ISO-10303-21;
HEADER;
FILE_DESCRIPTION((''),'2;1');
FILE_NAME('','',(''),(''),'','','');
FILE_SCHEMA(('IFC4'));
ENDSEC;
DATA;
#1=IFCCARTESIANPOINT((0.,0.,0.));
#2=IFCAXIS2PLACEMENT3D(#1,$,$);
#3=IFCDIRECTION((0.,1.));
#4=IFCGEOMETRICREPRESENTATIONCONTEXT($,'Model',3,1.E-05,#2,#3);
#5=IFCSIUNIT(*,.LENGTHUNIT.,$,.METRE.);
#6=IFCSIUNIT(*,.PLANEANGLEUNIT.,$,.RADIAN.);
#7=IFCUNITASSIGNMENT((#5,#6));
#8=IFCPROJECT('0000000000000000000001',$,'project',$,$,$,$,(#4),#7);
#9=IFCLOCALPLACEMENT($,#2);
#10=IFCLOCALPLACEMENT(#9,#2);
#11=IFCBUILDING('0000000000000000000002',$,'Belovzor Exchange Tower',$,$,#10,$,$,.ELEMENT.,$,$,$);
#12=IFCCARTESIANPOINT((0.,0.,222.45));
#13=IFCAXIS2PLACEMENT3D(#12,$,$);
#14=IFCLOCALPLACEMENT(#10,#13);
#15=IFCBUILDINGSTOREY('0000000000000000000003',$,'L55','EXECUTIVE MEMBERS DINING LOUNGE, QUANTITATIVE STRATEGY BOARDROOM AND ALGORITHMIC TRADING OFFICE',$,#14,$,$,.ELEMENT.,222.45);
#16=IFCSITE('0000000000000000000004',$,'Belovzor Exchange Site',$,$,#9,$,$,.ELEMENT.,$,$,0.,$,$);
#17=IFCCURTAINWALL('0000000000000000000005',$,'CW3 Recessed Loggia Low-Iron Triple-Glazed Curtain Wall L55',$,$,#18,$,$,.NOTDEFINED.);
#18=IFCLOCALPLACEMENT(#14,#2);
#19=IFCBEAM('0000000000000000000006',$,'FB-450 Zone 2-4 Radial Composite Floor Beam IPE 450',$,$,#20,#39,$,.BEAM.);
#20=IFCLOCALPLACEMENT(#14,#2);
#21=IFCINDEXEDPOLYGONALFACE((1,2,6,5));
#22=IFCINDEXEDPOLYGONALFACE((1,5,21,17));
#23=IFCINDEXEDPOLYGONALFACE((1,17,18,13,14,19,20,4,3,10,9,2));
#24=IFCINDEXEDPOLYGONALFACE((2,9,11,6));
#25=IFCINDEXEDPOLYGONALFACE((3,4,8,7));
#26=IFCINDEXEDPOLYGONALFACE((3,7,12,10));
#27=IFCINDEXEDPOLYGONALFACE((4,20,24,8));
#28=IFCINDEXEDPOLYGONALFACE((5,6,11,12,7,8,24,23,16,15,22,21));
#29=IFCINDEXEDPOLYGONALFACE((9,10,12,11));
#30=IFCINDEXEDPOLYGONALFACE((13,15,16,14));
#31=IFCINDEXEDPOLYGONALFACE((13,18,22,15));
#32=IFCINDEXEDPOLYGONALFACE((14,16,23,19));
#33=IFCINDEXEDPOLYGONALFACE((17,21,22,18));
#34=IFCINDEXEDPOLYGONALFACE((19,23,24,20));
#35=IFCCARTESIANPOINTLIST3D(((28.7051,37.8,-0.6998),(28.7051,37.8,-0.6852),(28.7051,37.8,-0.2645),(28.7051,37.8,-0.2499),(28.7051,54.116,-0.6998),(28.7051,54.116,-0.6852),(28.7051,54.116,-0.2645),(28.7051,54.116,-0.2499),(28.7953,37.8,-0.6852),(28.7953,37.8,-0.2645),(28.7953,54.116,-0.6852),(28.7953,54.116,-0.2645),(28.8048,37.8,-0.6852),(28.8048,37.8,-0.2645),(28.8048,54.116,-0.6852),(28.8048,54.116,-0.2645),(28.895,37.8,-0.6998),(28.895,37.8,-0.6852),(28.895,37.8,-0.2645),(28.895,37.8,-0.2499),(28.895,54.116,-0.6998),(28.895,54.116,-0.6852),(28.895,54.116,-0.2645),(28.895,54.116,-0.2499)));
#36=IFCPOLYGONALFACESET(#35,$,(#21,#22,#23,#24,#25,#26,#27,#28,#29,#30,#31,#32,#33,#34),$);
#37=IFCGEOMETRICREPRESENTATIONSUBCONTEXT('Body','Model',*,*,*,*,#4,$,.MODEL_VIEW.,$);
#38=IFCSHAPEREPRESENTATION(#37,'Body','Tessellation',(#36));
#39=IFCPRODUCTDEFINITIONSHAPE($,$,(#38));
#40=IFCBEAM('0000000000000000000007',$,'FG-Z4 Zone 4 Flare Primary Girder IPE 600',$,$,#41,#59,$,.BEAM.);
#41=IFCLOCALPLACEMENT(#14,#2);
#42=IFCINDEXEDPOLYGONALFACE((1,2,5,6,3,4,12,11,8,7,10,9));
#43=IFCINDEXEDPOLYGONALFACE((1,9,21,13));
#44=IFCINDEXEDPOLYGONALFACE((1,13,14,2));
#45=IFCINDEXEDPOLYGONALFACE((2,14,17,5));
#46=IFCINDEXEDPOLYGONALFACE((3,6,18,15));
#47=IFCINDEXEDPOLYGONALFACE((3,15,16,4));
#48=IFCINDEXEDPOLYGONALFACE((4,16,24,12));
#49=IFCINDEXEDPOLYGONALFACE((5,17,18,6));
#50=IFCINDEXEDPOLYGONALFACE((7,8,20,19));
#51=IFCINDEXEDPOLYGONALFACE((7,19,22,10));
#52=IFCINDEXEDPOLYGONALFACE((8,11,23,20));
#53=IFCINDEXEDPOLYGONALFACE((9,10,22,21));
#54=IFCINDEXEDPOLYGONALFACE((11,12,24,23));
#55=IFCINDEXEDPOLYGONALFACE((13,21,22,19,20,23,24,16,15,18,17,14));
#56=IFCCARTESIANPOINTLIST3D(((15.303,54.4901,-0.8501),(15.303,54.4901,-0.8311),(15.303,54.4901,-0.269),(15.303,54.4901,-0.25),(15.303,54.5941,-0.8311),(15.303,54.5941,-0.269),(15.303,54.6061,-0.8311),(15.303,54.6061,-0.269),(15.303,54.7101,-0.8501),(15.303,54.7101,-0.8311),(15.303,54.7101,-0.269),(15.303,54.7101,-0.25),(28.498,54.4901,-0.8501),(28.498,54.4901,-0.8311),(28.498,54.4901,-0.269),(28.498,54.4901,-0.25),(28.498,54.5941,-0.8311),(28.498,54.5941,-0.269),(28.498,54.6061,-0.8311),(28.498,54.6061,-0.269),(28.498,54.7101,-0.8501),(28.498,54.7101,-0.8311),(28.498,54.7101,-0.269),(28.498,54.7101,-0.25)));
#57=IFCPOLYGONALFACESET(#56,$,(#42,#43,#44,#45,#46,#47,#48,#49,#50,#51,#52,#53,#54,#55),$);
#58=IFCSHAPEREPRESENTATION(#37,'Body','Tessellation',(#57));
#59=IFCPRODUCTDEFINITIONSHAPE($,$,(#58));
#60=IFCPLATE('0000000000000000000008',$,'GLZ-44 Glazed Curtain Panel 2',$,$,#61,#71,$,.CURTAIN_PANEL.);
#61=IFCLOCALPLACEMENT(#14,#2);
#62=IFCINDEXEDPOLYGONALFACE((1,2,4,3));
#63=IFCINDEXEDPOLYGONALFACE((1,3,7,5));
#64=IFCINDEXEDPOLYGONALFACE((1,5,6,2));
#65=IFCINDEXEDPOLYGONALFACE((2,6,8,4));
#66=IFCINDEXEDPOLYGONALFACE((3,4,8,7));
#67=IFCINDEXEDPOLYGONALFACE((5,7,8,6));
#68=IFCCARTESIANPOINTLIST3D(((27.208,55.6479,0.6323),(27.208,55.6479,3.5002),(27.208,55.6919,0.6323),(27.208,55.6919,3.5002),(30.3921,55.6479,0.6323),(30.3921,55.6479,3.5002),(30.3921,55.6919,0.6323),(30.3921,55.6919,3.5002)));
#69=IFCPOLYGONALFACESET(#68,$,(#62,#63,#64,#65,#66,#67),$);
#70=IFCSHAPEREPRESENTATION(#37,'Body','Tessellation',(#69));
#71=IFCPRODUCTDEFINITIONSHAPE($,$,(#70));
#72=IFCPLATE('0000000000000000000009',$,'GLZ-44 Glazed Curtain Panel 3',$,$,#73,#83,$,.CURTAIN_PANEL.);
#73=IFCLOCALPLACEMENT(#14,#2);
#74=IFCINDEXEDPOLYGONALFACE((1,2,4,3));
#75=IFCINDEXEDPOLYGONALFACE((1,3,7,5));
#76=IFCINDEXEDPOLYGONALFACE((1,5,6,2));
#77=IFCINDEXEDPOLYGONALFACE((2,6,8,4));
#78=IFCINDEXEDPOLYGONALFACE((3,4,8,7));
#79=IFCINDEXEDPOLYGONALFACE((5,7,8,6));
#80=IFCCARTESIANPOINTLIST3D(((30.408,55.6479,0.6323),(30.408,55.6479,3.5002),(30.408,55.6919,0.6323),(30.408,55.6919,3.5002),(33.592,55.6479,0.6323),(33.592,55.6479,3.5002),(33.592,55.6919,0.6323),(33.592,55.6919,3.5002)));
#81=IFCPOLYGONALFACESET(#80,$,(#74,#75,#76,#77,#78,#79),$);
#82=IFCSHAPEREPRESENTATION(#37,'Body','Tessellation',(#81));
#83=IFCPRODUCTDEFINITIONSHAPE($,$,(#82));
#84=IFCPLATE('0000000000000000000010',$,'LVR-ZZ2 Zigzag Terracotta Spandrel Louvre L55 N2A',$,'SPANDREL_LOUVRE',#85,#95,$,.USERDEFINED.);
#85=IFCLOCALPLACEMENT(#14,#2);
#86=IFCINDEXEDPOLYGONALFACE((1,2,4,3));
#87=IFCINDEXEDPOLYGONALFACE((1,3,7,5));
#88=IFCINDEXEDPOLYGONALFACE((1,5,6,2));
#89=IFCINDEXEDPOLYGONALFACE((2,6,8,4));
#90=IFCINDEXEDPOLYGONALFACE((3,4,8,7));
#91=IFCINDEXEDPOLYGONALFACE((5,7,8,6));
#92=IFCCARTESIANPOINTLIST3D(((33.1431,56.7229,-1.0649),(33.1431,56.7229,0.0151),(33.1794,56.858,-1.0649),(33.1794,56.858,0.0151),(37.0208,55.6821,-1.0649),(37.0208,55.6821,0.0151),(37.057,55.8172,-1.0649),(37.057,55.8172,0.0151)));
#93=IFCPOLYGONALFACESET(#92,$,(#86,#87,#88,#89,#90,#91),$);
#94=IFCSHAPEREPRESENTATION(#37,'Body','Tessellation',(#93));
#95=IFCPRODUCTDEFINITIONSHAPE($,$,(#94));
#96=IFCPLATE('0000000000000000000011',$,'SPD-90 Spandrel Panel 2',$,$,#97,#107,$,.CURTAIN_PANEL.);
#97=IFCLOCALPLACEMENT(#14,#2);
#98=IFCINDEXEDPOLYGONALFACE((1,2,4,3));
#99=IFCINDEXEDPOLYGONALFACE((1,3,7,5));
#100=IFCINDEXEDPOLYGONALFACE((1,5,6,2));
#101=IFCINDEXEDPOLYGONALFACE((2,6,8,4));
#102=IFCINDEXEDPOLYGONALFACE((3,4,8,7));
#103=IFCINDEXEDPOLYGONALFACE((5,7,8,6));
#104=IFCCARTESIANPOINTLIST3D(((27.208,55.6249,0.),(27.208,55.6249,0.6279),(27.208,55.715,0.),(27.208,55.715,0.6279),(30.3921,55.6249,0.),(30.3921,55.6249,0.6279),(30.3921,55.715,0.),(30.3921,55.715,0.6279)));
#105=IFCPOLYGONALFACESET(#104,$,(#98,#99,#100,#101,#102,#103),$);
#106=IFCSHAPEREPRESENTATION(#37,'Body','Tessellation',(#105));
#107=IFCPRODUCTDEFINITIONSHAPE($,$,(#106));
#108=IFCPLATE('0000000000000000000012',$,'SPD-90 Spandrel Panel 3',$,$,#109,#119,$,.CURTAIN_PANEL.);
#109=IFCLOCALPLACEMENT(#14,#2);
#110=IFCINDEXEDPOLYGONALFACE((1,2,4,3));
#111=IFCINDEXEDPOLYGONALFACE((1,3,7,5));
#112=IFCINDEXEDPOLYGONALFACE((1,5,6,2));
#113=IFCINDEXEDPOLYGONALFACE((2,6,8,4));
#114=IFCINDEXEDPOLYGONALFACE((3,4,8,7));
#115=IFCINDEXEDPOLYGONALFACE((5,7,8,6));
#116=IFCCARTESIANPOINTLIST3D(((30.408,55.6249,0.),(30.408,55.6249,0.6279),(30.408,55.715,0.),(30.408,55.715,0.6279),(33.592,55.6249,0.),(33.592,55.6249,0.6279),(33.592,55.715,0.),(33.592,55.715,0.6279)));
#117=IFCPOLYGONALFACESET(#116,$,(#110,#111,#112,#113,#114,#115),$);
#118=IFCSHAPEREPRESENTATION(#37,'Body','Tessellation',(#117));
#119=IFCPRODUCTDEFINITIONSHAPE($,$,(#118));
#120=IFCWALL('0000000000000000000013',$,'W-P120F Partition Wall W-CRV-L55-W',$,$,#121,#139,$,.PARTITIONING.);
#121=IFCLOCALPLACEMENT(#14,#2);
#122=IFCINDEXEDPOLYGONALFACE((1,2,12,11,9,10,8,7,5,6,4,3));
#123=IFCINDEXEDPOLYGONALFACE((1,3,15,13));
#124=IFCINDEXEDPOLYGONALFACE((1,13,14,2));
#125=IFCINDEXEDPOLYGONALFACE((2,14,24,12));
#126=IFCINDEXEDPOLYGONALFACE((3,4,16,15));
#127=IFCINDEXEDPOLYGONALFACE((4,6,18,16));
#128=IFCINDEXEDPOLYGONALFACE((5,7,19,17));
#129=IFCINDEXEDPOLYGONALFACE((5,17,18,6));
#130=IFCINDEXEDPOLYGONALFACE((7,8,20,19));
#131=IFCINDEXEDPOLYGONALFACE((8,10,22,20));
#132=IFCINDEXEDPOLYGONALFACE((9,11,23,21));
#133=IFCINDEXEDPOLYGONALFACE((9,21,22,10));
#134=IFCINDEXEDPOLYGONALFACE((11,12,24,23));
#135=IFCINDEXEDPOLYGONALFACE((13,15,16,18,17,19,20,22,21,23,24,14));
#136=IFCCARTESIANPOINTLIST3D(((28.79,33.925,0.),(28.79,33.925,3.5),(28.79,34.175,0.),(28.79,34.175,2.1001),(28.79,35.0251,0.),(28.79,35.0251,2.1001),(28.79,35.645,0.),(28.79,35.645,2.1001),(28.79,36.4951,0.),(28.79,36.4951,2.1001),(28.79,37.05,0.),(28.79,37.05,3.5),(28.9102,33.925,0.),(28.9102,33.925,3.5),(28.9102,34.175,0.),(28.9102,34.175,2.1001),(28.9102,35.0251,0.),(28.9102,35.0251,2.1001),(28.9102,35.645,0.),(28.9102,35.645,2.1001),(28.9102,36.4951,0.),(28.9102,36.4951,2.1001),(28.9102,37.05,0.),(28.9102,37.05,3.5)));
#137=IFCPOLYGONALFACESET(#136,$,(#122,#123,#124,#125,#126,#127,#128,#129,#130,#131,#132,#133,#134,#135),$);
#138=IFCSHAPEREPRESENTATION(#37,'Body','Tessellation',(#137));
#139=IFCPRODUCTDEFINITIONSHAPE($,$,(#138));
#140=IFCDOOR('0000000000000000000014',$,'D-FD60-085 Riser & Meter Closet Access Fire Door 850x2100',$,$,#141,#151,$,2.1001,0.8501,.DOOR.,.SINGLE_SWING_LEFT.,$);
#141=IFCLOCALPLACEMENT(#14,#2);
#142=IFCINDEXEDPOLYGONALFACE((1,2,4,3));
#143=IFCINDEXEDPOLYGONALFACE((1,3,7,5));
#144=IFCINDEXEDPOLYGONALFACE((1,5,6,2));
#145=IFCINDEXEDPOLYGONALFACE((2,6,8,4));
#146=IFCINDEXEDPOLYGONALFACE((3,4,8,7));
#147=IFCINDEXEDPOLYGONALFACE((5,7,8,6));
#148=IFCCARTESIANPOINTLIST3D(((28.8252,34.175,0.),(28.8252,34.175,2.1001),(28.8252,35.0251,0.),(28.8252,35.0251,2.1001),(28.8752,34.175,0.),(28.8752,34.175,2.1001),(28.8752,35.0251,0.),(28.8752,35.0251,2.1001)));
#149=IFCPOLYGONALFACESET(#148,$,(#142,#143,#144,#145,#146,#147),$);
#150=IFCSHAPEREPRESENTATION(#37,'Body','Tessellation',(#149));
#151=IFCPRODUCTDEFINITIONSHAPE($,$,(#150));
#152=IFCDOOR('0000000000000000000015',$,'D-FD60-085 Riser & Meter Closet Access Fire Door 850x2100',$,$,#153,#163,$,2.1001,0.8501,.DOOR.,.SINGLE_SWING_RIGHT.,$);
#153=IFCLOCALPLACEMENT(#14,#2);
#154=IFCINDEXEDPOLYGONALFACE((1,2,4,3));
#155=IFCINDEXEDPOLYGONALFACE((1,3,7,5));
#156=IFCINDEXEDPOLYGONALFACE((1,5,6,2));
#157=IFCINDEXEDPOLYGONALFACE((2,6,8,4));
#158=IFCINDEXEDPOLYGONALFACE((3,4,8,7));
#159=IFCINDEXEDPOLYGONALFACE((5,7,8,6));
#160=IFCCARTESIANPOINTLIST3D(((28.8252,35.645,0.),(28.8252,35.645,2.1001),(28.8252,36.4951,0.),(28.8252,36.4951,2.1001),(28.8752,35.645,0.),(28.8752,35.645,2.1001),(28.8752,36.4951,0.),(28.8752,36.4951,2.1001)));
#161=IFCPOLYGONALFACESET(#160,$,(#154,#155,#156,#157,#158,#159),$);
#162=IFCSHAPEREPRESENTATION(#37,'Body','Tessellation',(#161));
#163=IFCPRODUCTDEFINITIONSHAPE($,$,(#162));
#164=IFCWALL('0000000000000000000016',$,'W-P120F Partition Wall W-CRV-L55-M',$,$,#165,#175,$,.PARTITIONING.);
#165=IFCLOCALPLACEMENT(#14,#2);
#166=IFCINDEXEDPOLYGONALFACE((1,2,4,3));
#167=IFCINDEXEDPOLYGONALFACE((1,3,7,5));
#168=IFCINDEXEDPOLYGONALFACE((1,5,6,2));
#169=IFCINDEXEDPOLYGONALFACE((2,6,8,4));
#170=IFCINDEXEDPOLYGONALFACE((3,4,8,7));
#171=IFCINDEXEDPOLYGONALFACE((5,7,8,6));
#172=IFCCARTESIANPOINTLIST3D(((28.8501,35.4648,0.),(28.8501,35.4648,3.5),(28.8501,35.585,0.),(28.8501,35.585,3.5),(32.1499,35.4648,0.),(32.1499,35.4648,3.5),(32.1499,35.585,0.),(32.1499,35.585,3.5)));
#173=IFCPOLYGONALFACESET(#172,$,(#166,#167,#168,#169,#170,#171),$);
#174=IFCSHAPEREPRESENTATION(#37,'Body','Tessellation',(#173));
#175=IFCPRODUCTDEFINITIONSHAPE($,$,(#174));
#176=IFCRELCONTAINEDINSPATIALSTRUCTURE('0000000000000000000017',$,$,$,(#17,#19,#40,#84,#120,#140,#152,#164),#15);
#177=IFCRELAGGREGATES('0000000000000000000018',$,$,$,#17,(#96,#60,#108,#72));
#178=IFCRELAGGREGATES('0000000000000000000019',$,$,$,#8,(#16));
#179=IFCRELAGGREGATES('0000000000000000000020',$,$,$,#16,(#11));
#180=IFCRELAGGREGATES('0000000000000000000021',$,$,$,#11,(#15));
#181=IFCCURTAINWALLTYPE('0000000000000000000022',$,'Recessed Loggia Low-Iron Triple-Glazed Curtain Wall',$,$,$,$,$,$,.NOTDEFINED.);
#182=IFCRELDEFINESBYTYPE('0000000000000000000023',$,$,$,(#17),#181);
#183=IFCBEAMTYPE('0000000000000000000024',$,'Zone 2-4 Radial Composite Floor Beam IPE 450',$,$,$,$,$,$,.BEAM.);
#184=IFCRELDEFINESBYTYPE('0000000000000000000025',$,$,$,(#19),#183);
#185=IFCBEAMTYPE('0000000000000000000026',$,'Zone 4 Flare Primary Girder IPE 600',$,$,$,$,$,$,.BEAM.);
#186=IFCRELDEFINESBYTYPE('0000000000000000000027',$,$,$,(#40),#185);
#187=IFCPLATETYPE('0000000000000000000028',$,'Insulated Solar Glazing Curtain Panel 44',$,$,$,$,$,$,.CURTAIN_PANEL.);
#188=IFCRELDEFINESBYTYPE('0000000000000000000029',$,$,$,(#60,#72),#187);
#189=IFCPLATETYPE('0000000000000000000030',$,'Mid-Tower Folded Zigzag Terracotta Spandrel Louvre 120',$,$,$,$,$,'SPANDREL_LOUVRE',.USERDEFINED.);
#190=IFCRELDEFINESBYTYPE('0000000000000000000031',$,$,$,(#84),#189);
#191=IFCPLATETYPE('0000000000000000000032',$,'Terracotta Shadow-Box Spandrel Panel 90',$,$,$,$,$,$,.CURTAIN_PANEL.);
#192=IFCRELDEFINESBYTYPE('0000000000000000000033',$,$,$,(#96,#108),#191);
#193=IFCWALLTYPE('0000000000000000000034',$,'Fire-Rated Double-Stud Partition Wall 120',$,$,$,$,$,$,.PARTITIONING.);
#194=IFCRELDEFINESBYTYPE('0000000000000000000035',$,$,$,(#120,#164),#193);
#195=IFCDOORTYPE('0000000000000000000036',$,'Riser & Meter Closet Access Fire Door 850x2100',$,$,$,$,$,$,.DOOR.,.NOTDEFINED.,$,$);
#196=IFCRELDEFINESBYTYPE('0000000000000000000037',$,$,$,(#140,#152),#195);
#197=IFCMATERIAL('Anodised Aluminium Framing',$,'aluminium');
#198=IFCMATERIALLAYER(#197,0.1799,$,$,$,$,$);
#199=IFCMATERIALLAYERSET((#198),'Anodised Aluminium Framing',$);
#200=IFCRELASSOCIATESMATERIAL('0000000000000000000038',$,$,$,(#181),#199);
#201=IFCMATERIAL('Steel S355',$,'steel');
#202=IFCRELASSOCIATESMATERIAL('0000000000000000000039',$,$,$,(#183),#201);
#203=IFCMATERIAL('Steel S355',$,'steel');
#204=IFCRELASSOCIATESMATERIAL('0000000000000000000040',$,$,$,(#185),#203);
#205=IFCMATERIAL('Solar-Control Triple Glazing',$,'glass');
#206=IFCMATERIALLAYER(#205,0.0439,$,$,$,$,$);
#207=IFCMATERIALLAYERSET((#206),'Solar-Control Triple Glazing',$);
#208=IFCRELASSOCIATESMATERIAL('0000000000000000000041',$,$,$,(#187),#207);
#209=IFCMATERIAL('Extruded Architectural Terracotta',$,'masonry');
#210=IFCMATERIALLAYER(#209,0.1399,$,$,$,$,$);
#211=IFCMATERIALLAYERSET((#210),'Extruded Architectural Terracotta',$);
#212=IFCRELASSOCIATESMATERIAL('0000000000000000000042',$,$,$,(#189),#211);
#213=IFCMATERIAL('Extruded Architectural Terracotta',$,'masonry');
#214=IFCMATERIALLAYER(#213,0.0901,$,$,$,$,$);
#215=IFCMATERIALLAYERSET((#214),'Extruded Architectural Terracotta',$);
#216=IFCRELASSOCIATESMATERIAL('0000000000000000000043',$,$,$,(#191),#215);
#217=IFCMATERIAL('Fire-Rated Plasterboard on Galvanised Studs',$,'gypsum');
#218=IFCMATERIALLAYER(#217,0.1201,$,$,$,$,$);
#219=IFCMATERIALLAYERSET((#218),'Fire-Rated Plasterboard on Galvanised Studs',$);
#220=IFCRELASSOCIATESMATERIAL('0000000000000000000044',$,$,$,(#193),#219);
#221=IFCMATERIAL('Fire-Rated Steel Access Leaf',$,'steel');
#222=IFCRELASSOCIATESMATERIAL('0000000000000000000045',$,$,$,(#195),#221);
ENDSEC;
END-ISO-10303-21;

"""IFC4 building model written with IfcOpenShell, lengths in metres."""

from ifc_helpers import new_model, si_unit, direction, frame, frame_2d, origin, origin_2d, place, context, subcontext, project, spatial, rectangle, i_section, extrude, material, layer, layer_set, material_profile, profile_set, type_object, element, fill, aggregate, save


model = new_model("IFC4")

# Units and contexts
model_context = context("Model", 3, precision=1e-05, world=origin(), true_north=direction((0.0, 1.0)))
body_context = subcontext(model_context, "Body", "Model", "MODEL_VIEW")
ifc_project = project(units=[si_unit("LENGTHUNIT", "METRE"), si_unit("PLANEANGLEUNIT", "RADIAN")], contexts=[model_context])

# Site, building, storey
site_placement = place(None, origin())
site = spatial("IfcSite", under=ifc_project, at=site_placement, Name="Belovzor Exchange Site", CompositionType="ELEMENT", RefElevation=0.0)
building_placement = place(site_placement, origin())
building = spatial("IfcBuilding", under=site, at=building_placement, Name="Belovzor Exchange Tower", CompositionType="ELEMENT")
storey_placement = place(building_placement, frame((0.0, 0.0, 222.45)))
storey = spatial("IfcBuildingStorey", under=building, at=storey_placement, Name="L55", Description="EXECUTIVE MEMBERS DINING LOUNGE, QUANTITATIVE STRATEGY BOARDROOM AND ALGORITHMIC TRADING OFFICE", CompositionType="ELEMENT", Elevation=222.45)

# Curtain wall
ifc_material_1 = material(Name="Anodised Aluminium Framing", Category="aluminium")
ifc_layer_1 = layer(ifc_material_1, 0.1799)
ifc_layer_set_1 = layer_set([ifc_layer_1], Name="Anodised Aluminium Framing")
curtain_wall_type = type_object("IfcCurtainWallType", Name="Recessed Loggia Low-Iron Triple-Glazed Curtain Wall", PredefinedType="NOTDEFINED", material=ifc_layer_set_1)
curtain_wall_placement = place(storey_placement, origin())
curtain_wall = element("IfcCurtainWall", 1, at=curtain_wall_placement, inside=storey, type_object=curtain_wall_type, Name="CW3 Recessed Loggia Low-Iron Triple-Glazed Curtain Wall L55", PredefinedType="NOTDEFINED")

# Beams
ifc_material_2 = material(Name="Steel S355", Category="steel")
ifc_material_profile_1 = material_profile(ifc_material_2, i_section(OverallWidth=0.1899, OverallDepth=0.45, WebThickness=0.0095, FlangeThickness=0.0146, at=origin_2d()))
ifc_profile_set_1 = profile_set([ifc_material_profile_1], Name="Steel S355")
beam_type_1 = type_object("IfcBeamType", Name="Zone 2-4 Radial Composite Floor Beam IPE 450", PredefinedType="BEAM", material=ifc_profile_set_1)
beam_1_placement = place(storey_placement, frame((28.8, 37.8, -0.4749), z_axis=(0.0, 1.0, 0.0), x_axis=(-1.0, 0.0, 0.0)))
element("IfcBeam", 2, at=beam_1_placement, inside=storey, type_object=beam_type_1, Name="FB-450 Zone 2-4 Radial Composite Floor Beam IPE 450", PredefinedType="BEAM", context=body_context, shape_type="SweptSolid", body=[
    extrude(i_section(OverallWidth=0.1899, OverallDepth=0.45, WebThickness=0.0095, FlangeThickness=0.0146, at=origin_2d()), origin(), (0.0, 0.0, 1.0), 16.3159),
])
ifc_material_3 = material(Name="Steel S355", Category="steel")
ifc_material_profile_2 = material_profile(ifc_material_3, i_section(OverallWidth=0.22, OverallDepth=0.6001, WebThickness=0.012, FlangeThickness=0.019, at=origin_2d()))
ifc_profile_set_2 = profile_set([ifc_material_profile_2], Name="Steel S355")
beam_type_2 = type_object("IfcBeamType", Name="Zone 4 Flare Primary Girder IPE 600", PredefinedType="BEAM", material=ifc_profile_set_2)
beam_2_placement = place(storey_placement, frame((28.498, 54.6001, -0.55), z_axis=(-1.0, 0.0, 0.0), x_axis=(0.0, -1.0, 0.0)))
element("IfcBeam", 3, at=beam_2_placement, inside=storey, type_object=beam_type_2, Name="FG-Z4 Zone 4 Flare Primary Girder IPE 600", PredefinedType="BEAM", context=body_context, shape_type="SweptSolid", body=[
    extrude(i_section(OverallWidth=0.22, OverallDepth=0.6001, WebThickness=0.012, FlangeThickness=0.019, at=origin_2d()), origin(), (0.0, 0.0, 1.0), 13.1951),
])

# Plates
ifc_material_4 = material(Name="Solar-Control Triple Glazing", Category="glass")
ifc_layer_2 = layer(ifc_material_4, 0.0439)
ifc_layer_set_2 = layer_set([ifc_layer_2], Name="Solar-Control Triple Glazing")
plate_type_1 = type_object("IfcPlateType", Name="Insulated Solar Glazing Curtain Panel 44", PredefinedType="CURTAIN_PANEL", material=ifc_layer_set_2)
plate_1_placement = place(storey_placement, frame((28.8, 55.6699, 0.6323), z_axis=(0.0, 0.0, 1.0), x_axis=(1.0, 0.0, 0.0)))
plate_1 = element("IfcPlate", 4, at=plate_1_placement, type_object=plate_type_1, Name="GLZ-44 Glazed Curtain Panel 2", PredefinedType="CURTAIN_PANEL", context=body_context, shape_type="SweptSolid", body=[
    extrude(rectangle(XDim=3.1841, YDim=0.0439, at=origin_2d()), origin(), (0.0, 0.0, 1.0), 2.8679),
])
plate_2_placement = place(storey_placement, frame((32.0, 55.6699, 0.6323), z_axis=(0.0, 0.0, 1.0), x_axis=(1.0, 0.0, 0.0)))
plate_2 = element("IfcPlate", 5, at=plate_2_placement, type_object=plate_type_1, Name="GLZ-44 Glazed Curtain Panel 3", PredefinedType="CURTAIN_PANEL", context=body_context, shape_type="SweptSolid", body=[
    extrude(rectangle(XDim=3.1841, YDim=0.0439, at=origin_2d()), origin(), (0.0, 0.0, 1.0), 2.8679),
])
ifc_material_5 = material(Name="Extruded Architectural Terracotta", Category="masonry")
ifc_layer_3 = layer(ifc_material_5, 0.1399)
ifc_layer_set_3 = layer_set([ifc_layer_3], Name="Extruded Architectural Terracotta")
plate_type_2 = type_object("IfcPlateType", Name="Mid-Tower Folded Zigzag Terracotta Spandrel Louvre 120", ElementType="SPANDREL_LOUVRE", PredefinedType="USERDEFINED", material=ifc_layer_set_3)
plate_3_placement = place(storey_placement, frame((35.1001, 56.27, -1.0649), z_axis=(0.0, 0.0, 1.0), x_axis=(0.965813, -0.25924, 0.0)))
element("IfcPlate", 6, at=plate_3_placement, inside=storey, type_object=plate_type_2, Name="LVR-ZZ2 Zigzag Terracotta Spandrel Louvre L55 N2A", ObjectType="SPANDREL_LOUVRE", PredefinedType="USERDEFINED", context=body_context, shape_type="SweptSolid", body=[
    extrude(rectangle(XDim=4.0149, YDim=0.1399, at=origin_2d()), origin(), (0.0, 0.0, 1.0), 1.0801),
])
ifc_material_6 = material(Name="Extruded Architectural Terracotta", Category="masonry")
ifc_layer_4 = layer(ifc_material_6, 0.0901)
ifc_layer_set_4 = layer_set([ifc_layer_4], Name="Extruded Architectural Terracotta")
plate_type_3 = type_object("IfcPlateType", Name="Terracotta Shadow-Box Spandrel Panel 90", PredefinedType="CURTAIN_PANEL", material=ifc_layer_set_4)
plate_4_placement = place(storey_placement, frame((28.8, 55.6699, 0.0), z_axis=(0.0, 0.0, 1.0), x_axis=(1.0, 0.0, 0.0)))
plate_4 = element("IfcPlate", 7, at=plate_4_placement, type_object=plate_type_3, Name="SPD-90 Spandrel Panel 2", PredefinedType="CURTAIN_PANEL", context=body_context, shape_type="SweptSolid", body=[
    extrude(rectangle(XDim=3.1841, YDim=0.0901, at=origin_2d()), origin(), (0.0, 0.0, 1.0), 0.6279),
])
plate_5_placement = place(storey_placement, frame((32.0, 55.6699, 0.0), z_axis=(0.0, 0.0, 1.0), x_axis=(1.0, 0.0, 0.0)))
plate_5 = element("IfcPlate", 8, at=plate_5_placement, type_object=plate_type_3, Name="SPD-90 Spandrel Panel 3", PredefinedType="CURTAIN_PANEL", context=body_context, shape_type="SweptSolid", body=[
    extrude(rectangle(XDim=3.1841, YDim=0.0901, at=origin_2d()), origin(), (0.0, 0.0, 1.0), 0.6279),
])
aggregate(curtain_wall, [plate_4, plate_1, plate_5, plate_2])

# Wall, openings, doors
ifc_material_7 = material(Name="Fire-Rated Plasterboard on Galvanised Studs", Category="gypsum")
ifc_layer_5 = layer(ifc_material_7, 0.1201)
ifc_layer_set_5 = layer_set([ifc_layer_5], Name="Fire-Rated Plasterboard on Galvanised Studs")
wall_type_1 = type_object("IfcWallType", Name="Fire-Rated Double-Stud Partition Wall 120", PredefinedType="PARTITIONING", material=ifc_layer_set_5)
wall_1_placement = place(storey_placement, frame((28.8501, 33.925, 0.0), z_axis=(0.0, 0.0, 1.0), x_axis=(0.0, 1.0, 0.0)))
wall_1 = element("IfcWall", 9, at=wall_1_placement, inside=storey, type_object=wall_type_1, Name="W-P120F Partition Wall W-CRV-L55-W", PredefinedType="PARTITIONING", context=body_context, shape_type="SweptSolid", body=[
    extrude(rectangle(XDim=3.125, YDim=0.1201, at=frame_2d((1.5625, 0.0))), origin(), (0.0, 0.0, 1.0), 3.5),
])
opening_1_placement = place(wall_1_placement, frame((0.25, 0.0, 0.0)))
opening_1 = element("IfcOpeningElement", 10, at=opening_1_placement, cuts=wall_1, PredefinedType="OPENING", context=body_context, shape_type="SweptSolid", body=[
    extrude(rectangle(XDim=0.8501, YDim=2.1001, at=frame_2d((0.425, 1.05))), frame((0.0, 0.0701, 0.0), z_axis=(0.0, -1.0, 0.0), x_axis=(1.0, 0.0, 0.0)), (0.0, 0.0, 1.0), 0.1401),
])
opening_2_placement = place(wall_1_placement, frame((1.72, 0.0, 0.0)))
opening_2 = element("IfcOpeningElement", 11, at=opening_2_placement, cuts=wall_1, PredefinedType="OPENING", context=body_context, shape_type="SweptSolid", body=[
    extrude(rectangle(XDim=0.8501, YDim=2.1001, at=frame_2d((0.425, 1.05))), frame((0.0, 0.0701, 0.0), z_axis=(0.0, -1.0, 0.0), x_axis=(1.0, 0.0, 0.0)), (0.0, 0.0, 1.0), 0.1401),
])
ifc_material_8 = material(Name="Fire-Rated Steel Access Leaf", Category="steel")
door_type = type_object("IfcDoorType", Name="Riser & Meter Closet Access Fire Door 850x2100", OperationType="NOTDEFINED", PredefinedType="DOOR", material=ifc_material_8)
door_1_placement = place(opening_1_placement, origin())
door_1 = element("IfcDoor", 12, at=door_1_placement, inside=storey, type_object=door_type, Name="D-FD60-085 Riser & Meter Closet Access Fire Door 850x2100", OperationType="SINGLE_SWING_LEFT", OverallHeight=2.1001, OverallWidth=0.8501, PredefinedType="DOOR", context=body_context, shape_type="SweptSolid", body=[
    extrude(rectangle(XDim=0.8501, YDim=2.1001, at=frame_2d((0.425, 1.05))), frame((0.0, 0.0249, 0.0), z_axis=(0.0, -1.0, 0.0), x_axis=(1.0, 0.0, 0.0)), (0.0, 0.0, 1.0), 0.05),
])
fill(opening_1, door_1)
door_2_placement = place(opening_2_placement, origin())
door_2 = element("IfcDoor", 13, at=door_2_placement, inside=storey, type_object=door_type, Name="D-FD60-085 Riser & Meter Closet Access Fire Door 850x2100", OperationType="SINGLE_SWING_RIGHT", OverallHeight=2.1001, OverallWidth=0.8501, PredefinedType="DOOR", context=body_context, shape_type="SweptSolid", body=[
    extrude(rectangle(XDim=0.8501, YDim=2.1001, at=frame_2d((0.425, 1.05))), frame((0.0, 0.0249, 0.0), z_axis=(0.0, -1.0, 0.0), x_axis=(1.0, 0.0, 0.0)), (0.0, 0.0, 1.0), 0.05),
])
fill(opening_2, door_2)

# Wall
for number, where, z_axis, x_axis, name in (
    (14, (28.8501, 35.5249, 0.0), (0.0, 0.0, 1.0), (1.0, 0.0, 0.0), "W-P120F Partition Wall W-CRV-L55-M"),
):
    element("IfcWall", number, at=place(storey_placement, frame(where, z_axis=z_axis, x_axis=x_axis)), inside=storey, type_object=wall_type_1, Name=name, PredefinedType="PARTITIONING", context=body_context, shape_type="SweptSolid", body=[
        extrude(rectangle(XDim=3.2998, YDim=0.1201, at=frame_2d((1.6499, 0.0))), origin(), (0.0, 0.0, 1.0), 3.5),
    ])

save(model, "model.ifc")
